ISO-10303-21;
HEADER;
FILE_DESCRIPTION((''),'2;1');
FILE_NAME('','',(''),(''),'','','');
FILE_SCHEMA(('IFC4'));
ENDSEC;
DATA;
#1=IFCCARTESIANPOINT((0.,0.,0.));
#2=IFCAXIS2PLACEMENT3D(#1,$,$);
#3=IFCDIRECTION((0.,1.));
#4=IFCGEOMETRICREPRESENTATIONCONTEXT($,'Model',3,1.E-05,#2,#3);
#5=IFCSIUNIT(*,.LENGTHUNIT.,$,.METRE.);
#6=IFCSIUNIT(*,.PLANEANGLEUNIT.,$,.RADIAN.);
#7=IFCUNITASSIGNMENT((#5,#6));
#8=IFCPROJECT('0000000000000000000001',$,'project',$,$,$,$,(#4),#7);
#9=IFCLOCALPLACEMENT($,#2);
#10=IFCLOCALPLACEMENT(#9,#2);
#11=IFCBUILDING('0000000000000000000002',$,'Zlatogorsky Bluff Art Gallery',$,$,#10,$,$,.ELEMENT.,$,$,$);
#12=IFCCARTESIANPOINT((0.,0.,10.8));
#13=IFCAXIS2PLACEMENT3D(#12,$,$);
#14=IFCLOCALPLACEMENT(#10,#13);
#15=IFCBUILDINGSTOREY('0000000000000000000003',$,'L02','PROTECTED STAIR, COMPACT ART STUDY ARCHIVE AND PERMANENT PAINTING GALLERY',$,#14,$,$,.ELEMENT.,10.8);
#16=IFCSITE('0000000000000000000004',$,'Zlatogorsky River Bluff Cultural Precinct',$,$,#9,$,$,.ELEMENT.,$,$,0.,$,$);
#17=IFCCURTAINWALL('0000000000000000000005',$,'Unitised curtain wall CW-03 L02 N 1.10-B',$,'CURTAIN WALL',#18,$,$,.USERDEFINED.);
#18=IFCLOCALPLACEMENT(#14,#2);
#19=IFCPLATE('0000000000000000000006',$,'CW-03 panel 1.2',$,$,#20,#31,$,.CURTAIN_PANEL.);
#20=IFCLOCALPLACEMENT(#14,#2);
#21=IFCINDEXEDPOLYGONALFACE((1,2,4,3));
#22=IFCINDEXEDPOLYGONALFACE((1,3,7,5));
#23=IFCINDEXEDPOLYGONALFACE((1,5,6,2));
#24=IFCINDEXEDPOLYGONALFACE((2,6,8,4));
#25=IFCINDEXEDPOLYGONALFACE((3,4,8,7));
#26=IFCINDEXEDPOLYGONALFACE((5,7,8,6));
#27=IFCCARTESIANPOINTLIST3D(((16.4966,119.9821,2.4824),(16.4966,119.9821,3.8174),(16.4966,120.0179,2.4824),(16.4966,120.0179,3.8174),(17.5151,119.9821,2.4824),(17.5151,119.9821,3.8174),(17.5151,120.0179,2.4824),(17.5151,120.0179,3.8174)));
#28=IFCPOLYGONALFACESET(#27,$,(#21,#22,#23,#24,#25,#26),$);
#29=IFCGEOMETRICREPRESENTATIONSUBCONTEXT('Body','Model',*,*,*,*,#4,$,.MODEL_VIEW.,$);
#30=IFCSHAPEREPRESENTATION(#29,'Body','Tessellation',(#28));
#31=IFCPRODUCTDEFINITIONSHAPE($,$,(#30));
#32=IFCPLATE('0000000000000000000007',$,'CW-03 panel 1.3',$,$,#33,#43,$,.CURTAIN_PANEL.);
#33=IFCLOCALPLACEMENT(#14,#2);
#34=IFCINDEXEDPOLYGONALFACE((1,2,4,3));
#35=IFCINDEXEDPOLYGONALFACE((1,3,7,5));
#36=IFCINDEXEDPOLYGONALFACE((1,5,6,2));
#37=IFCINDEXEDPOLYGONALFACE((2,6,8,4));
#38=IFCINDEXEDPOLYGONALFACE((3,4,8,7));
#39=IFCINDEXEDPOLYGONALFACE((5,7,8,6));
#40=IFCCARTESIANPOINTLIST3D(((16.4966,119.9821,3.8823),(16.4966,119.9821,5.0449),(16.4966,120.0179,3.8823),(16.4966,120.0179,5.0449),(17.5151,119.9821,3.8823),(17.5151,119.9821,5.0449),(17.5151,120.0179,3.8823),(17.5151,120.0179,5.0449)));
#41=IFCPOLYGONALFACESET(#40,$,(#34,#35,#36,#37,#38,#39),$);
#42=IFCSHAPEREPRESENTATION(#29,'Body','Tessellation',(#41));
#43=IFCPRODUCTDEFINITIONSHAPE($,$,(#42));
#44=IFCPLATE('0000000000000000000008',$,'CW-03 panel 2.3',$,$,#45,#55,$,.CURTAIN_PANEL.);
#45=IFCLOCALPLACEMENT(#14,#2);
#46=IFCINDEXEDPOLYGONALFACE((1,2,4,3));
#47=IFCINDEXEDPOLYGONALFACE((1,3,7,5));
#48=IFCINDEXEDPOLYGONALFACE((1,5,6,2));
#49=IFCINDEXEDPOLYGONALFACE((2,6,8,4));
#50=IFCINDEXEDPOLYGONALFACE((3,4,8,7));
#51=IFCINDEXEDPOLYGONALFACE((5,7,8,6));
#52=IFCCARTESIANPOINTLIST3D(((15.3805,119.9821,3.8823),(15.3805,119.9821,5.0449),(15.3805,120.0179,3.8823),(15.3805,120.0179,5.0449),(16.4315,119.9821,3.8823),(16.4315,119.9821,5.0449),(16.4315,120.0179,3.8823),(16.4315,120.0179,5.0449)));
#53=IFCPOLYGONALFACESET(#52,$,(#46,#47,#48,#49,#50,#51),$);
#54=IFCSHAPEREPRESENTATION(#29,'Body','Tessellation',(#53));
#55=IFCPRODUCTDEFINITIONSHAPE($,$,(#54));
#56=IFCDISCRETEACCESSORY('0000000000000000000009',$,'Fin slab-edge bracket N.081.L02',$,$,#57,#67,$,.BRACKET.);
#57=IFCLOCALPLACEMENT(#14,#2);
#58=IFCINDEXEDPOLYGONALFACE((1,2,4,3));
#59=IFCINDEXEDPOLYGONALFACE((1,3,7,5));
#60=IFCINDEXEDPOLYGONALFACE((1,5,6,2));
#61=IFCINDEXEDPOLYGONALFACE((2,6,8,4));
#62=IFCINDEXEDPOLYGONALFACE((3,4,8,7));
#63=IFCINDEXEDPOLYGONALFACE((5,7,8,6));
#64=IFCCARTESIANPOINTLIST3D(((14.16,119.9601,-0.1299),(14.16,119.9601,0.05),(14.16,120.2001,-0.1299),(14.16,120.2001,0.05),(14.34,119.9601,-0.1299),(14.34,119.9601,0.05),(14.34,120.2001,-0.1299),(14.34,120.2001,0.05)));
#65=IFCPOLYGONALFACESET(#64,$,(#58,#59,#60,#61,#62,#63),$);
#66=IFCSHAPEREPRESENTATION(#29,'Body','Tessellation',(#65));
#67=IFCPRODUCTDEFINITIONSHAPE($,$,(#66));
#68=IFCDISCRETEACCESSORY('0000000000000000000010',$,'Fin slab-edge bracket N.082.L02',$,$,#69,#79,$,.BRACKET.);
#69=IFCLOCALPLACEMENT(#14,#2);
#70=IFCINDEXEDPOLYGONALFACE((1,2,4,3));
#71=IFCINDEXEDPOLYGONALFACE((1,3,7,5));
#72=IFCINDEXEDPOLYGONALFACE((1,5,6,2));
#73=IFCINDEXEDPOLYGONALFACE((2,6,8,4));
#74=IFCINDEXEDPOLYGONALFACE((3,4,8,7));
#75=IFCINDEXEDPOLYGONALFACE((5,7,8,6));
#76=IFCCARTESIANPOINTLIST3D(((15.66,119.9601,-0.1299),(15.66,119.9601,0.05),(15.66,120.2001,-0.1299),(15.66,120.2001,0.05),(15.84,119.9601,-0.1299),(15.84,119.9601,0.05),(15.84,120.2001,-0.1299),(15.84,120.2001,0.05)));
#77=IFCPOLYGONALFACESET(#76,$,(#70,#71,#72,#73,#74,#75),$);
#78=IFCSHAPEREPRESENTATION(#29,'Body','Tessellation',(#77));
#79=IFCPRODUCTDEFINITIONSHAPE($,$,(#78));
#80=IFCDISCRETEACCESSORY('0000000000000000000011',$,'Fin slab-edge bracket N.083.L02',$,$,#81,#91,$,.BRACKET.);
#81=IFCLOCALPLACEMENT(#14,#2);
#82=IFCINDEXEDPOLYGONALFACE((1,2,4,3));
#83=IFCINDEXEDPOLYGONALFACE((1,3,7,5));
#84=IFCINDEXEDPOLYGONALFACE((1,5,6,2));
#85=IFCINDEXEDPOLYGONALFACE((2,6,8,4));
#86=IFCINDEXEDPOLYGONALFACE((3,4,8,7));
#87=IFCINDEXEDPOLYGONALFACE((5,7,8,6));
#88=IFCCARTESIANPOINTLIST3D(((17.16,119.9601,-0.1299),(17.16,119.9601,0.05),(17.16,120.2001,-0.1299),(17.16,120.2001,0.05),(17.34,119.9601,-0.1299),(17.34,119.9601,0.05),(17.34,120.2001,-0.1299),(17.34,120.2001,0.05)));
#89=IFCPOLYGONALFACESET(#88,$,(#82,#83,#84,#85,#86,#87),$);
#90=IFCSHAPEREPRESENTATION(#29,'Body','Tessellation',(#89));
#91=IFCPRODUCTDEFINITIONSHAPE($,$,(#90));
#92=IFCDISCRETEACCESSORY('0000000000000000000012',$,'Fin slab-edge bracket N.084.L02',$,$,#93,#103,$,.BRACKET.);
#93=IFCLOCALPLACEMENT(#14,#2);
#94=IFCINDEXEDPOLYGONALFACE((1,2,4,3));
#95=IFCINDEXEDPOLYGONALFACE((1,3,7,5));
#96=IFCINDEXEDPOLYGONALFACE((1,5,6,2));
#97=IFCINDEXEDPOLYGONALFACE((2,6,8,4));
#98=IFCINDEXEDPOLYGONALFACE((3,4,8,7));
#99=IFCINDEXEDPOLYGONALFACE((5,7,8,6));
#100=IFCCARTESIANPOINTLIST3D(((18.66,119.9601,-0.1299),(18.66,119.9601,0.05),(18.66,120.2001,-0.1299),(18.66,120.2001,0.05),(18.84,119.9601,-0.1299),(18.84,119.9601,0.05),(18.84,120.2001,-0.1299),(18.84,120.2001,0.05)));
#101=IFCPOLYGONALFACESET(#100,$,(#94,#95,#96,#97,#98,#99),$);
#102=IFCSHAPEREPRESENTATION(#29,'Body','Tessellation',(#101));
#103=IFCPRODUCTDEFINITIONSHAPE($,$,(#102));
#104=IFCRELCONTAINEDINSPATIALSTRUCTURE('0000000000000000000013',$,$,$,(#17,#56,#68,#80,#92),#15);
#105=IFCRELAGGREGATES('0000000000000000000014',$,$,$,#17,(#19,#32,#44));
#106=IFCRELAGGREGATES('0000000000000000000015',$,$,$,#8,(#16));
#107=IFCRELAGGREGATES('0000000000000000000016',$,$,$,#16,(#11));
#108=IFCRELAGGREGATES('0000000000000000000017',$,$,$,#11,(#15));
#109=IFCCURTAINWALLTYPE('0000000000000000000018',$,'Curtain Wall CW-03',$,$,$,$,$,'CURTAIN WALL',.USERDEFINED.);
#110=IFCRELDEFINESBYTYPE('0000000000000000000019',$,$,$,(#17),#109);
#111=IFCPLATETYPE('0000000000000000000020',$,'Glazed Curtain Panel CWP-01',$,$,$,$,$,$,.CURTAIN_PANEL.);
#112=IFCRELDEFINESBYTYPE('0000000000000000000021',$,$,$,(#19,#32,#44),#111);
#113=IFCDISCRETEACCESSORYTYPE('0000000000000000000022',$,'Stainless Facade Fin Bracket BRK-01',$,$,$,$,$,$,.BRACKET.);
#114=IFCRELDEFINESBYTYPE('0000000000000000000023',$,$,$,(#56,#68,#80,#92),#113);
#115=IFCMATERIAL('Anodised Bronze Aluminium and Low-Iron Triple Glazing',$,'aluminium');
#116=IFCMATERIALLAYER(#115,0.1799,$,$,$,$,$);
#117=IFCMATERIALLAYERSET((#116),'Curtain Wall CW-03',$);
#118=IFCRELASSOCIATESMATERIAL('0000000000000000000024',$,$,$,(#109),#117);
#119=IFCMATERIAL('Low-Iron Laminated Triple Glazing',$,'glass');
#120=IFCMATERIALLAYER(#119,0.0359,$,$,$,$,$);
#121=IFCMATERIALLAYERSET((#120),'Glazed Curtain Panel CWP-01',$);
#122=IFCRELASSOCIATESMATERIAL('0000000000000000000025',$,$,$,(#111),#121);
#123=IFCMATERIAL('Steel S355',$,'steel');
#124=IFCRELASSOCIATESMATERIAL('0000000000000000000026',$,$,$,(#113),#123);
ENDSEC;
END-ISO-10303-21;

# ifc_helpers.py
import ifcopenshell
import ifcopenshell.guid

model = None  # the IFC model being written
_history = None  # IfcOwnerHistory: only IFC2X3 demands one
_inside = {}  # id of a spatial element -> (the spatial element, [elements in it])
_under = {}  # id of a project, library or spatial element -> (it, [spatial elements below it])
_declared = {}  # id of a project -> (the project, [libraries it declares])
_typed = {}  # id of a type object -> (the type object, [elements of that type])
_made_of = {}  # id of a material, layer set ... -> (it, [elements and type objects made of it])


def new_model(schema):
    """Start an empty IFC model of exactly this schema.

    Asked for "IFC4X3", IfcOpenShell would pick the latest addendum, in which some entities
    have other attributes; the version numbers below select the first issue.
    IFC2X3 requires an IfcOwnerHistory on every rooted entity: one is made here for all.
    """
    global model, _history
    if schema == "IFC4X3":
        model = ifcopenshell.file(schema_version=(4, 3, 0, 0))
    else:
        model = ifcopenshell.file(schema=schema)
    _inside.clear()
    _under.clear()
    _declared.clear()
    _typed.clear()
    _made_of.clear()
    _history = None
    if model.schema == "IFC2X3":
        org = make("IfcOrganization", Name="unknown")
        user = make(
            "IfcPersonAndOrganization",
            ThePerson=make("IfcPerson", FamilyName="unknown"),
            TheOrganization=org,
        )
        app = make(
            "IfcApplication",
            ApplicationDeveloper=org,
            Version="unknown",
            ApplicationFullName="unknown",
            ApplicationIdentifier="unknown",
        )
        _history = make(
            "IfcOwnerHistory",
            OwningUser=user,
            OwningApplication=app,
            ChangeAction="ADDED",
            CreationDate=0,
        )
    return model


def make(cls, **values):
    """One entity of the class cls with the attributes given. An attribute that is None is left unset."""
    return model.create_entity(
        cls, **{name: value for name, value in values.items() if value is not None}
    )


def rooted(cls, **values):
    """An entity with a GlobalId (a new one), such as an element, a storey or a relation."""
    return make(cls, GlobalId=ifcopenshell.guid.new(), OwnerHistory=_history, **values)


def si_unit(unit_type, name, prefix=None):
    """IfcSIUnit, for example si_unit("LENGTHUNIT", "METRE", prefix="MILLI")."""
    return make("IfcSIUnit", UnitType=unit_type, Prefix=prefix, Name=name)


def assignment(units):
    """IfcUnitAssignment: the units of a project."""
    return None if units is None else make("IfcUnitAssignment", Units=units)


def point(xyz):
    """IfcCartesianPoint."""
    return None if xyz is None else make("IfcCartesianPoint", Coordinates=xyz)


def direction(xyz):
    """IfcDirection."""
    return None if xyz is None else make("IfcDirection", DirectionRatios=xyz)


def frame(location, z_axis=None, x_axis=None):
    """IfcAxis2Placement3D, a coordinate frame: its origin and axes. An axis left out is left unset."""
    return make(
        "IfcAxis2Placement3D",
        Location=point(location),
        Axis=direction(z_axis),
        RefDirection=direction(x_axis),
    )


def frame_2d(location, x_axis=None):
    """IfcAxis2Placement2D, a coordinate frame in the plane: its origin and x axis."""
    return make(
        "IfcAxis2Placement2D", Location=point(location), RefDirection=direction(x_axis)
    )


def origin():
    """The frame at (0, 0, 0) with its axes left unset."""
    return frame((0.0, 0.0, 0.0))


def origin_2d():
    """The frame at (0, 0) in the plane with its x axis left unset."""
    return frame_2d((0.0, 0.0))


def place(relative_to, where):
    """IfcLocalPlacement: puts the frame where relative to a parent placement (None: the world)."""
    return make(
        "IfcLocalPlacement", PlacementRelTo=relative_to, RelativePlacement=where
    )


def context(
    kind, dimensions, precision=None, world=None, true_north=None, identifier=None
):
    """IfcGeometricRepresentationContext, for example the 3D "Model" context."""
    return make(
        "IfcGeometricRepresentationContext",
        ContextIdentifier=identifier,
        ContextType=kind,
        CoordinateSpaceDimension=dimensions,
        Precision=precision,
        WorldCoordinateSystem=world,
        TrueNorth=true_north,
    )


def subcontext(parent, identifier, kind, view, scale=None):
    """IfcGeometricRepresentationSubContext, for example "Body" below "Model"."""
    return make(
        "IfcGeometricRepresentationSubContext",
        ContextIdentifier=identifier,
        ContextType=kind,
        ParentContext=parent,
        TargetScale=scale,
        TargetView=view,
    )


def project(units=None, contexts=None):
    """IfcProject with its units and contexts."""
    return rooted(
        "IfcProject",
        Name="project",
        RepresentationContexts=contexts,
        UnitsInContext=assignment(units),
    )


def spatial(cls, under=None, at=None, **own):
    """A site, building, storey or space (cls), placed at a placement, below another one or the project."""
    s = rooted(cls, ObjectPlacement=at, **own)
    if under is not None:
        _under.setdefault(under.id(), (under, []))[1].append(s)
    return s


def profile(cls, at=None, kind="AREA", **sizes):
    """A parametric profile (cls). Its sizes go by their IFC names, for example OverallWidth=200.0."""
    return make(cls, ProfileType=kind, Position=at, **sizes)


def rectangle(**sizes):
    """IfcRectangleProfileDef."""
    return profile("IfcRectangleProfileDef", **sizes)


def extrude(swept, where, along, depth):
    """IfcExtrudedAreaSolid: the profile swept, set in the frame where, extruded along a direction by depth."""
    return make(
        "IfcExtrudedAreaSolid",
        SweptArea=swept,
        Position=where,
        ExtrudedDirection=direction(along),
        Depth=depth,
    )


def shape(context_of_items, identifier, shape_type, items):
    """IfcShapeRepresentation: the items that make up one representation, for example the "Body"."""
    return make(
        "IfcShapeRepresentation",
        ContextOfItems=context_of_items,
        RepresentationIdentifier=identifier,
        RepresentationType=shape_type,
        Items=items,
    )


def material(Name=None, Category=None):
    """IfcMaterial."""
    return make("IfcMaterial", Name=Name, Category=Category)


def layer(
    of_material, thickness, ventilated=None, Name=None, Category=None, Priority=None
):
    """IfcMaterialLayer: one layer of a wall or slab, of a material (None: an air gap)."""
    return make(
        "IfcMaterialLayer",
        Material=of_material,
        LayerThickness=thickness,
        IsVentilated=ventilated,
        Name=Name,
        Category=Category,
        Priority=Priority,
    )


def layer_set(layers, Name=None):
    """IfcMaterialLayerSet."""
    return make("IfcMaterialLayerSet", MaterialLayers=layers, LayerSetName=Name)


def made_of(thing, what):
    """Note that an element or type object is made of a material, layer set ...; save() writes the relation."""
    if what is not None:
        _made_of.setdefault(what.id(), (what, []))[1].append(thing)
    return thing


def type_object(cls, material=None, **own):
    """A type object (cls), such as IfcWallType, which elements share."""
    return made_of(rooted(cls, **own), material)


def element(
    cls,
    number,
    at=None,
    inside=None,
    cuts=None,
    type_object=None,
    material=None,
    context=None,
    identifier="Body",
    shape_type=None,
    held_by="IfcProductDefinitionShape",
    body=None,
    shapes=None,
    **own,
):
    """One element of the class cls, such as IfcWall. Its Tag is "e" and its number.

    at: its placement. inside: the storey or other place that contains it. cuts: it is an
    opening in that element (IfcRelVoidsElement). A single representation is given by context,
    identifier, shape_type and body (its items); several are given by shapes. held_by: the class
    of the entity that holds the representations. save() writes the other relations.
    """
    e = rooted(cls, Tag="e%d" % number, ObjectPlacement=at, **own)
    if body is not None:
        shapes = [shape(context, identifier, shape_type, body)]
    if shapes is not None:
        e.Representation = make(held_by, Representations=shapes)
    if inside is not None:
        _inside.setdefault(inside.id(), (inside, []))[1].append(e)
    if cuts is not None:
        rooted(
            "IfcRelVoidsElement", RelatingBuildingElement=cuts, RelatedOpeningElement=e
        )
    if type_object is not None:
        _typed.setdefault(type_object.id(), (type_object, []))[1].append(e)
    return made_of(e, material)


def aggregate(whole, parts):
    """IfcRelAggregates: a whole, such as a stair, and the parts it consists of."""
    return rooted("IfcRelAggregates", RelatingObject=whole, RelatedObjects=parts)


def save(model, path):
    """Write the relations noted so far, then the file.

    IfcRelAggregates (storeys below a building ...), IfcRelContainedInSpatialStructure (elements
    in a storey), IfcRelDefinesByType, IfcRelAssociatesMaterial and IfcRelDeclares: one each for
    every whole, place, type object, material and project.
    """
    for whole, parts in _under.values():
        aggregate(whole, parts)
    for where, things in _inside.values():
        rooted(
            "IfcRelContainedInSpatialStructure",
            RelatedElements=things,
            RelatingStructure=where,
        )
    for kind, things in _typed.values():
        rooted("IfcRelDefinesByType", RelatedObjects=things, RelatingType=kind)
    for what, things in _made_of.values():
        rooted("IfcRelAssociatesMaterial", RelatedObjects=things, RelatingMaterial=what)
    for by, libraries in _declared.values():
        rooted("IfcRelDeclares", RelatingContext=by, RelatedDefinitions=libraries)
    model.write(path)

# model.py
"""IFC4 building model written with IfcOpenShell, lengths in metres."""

from ifc_helpers import new_model, si_unit, direction, frame, origin, origin_2d, place, context, subcontext, project, spatial, rectangle, extrude, material, layer, layer_set, type_object, element, aggregate, save


model = new_model("IFC4")

# Units and contexts
model_context = context("Model", 3, precision=1e-05, world=origin(), true_north=direction((0.0, 1.0)))
body_context = subcontext(model_context, "Body", "Model", "MODEL_VIEW")
ifc_project = project(units=[si_unit("LENGTHUNIT", "METRE"), si_unit("PLANEANGLEUNIT", "RADIAN")], contexts=[model_context])

# Site, building, storey
site_placement = place(None, origin())
site = spatial("IfcSite", under=ifc_project, at=site_placement, Name="Zlatogorsky River Bluff Cultural Precinct", CompositionType="ELEMENT", RefElevation=0.0)
building_placement = place(site_placement, origin())
building = spatial("IfcBuilding", under=site, at=building_placement, Name="Zlatogorsky Bluff Art Gallery", CompositionType="ELEMENT")
storey_placement = place(building_placement, frame((0.0, 0.0, 10.8)))
storey = spatial("IfcBuildingStorey", under=building, at=storey_placement, Name="L02", Description="PROTECTED STAIR, COMPACT ART STUDY ARCHIVE AND PERMANENT PAINTING GALLERY", CompositionType="ELEMENT", Elevation=10.8)

# Shared definitions
ifc_material_1 = material(Name="Anodised Bronze Aluminium and Low-Iron Triple Glazing", Category="aluminium")
ifc_layer_1 = layer(ifc_material_1, 0.1799)
ifc_layer_set_1 = layer_set([ifc_layer_1], Name="Curtain Wall CW-03")
curtain_wall_type = type_object("IfcCurtainWallType", Name="Curtain Wall CW-03", ElementType="CURTAIN WALL", PredefinedType="USERDEFINED", material=ifc_layer_set_1)

# Curtain wall
curtain_wall_1_placement = place(storey_placement, origin())
curtain_wall_1 = element("IfcCurtainWall", 1, at=curtain_wall_1_placement, inside=storey, type_object=curtain_wall_type, Name="Unitised curtain wall CW-03 L02 N 1.10-B", ObjectType="CURTAIN WALL", PredefinedType="USERDEFINED")

# Plates
ifc_material_2 = material(Name="Low-Iron Laminated Triple Glazing", Category="glass")
ifc_layer_2 = layer(ifc_material_2, 0.0359)
ifc_layer_set_2 = layer_set([ifc_layer_2], Name="Glazed Curtain Panel CWP-01")
plate_type = type_object("IfcPlateType", Name="Glazed Curtain Panel CWP-01", PredefinedType="CURTAIN_PANEL", material=ifc_layer_set_2)
plate_1_placement = place(storey_placement, frame((17.0059, 120.0, 2.4824), z_axis=(0.0, 0.0, 1.0), x_axis=(-1.0, 0.0, 0.0)))
plate_1 = element("IfcPlate", 2, at=plate_1_placement, type_object=plate_type, Name="CW-03 panel 1.2", PredefinedType="CURTAIN_PANEL", context=body_context, shape_type="SweptSolid", body=[
    extrude(rectangle(XDim=1.0186, YDim=0.0359, at=origin_2d()), origin(), (0.0, 0.0, 1.0), 1.335),
])
plate_2_placement = place(storey_placement, frame((17.0059, 120.0, 3.8823), z_axis=(0.0, 0.0, 1.0), x_axis=(-1.0, 0.0, 0.0)))
plate_2 = element("IfcPlate", 3, at=plate_2_placement, type_object=plate_type, Name="CW-03 panel 1.3", PredefinedType="CURTAIN_PANEL", context=body_context, shape_type="SweptSolid", body=[
    extrude(rectangle(XDim=1.0186, YDim=0.0359, at=origin_2d()), origin(), (0.0, 0.0, 1.0), 1.1626),
])
plate_3_placement = place(storey_placement, frame((15.906, 120.0, 3.8823), z_axis=(0.0, 0.0, 1.0), x_axis=(-1.0, 0.0, 0.0)))
plate_3 = element("IfcPlate", 4, at=plate_3_placement, type_object=plate_type, Name="CW-03 panel 2.3", PredefinedType="CURTAIN_PANEL", context=body_context, shape_type="SweptSolid", body=[
    extrude(rectangle(XDim=1.051, YDim=0.0359, at=origin_2d()), origin(), (0.0, 0.0, 1.0), 1.1626),
])
aggregate(curtain_wall_1, [plate_1, plate_2, plate_3])

# Discrete accessories
ifc_material_3 = material(Name="Steel S355", Category="steel")
discrete_accessory_type = type_object("IfcDiscreteAccessoryType", Name="Stainless Facade Fin Bracket BRK-01", PredefinedType="BRACKET", material=ifc_material_3)
for number, where, z_axis, x_axis, name in (
    (5, (14.25, 120.0801, -0.1299), (0.0, 0.0, 1.0), (1.0, 0.0, 0.0), "Fin slab-edge bracket N.081.L02"),
    (6, (15.75, 120.0801, -0.1299), (0.0, 0.0, 1.0), (1.0, 0.0, 0.0), "Fin slab-edge bracket N.082.L02"),
    (7, (17.25, 120.0801, -0.1299), (0.0, 0.0, 1.0), (1.0, 0.0, 0.0), "Fin slab-edge bracket N.083.L02"),
    (8, (18.75, 120.0801, -0.1299), (0.0, 0.0, 1.0), (1.0, 0.0, 0.0), "Fin slab-edge bracket N.084.L02"),
):
    element("IfcDiscreteAccessory", number, at=place(storey_placement, frame(where, z_axis=z_axis, x_axis=x_axis)), inside=storey, type_object=discrete_accessory_type, Name=name, PredefinedType="BRACKET", context=body_context, shape_type="SweptSolid", body=[
        extrude(rectangle(XDim=0.1799, YDim=0.24, at=origin_2d()), origin(), (0.0, 0.0, 1.0), 0.1799),
    ])

save(model, "model.ifc")
